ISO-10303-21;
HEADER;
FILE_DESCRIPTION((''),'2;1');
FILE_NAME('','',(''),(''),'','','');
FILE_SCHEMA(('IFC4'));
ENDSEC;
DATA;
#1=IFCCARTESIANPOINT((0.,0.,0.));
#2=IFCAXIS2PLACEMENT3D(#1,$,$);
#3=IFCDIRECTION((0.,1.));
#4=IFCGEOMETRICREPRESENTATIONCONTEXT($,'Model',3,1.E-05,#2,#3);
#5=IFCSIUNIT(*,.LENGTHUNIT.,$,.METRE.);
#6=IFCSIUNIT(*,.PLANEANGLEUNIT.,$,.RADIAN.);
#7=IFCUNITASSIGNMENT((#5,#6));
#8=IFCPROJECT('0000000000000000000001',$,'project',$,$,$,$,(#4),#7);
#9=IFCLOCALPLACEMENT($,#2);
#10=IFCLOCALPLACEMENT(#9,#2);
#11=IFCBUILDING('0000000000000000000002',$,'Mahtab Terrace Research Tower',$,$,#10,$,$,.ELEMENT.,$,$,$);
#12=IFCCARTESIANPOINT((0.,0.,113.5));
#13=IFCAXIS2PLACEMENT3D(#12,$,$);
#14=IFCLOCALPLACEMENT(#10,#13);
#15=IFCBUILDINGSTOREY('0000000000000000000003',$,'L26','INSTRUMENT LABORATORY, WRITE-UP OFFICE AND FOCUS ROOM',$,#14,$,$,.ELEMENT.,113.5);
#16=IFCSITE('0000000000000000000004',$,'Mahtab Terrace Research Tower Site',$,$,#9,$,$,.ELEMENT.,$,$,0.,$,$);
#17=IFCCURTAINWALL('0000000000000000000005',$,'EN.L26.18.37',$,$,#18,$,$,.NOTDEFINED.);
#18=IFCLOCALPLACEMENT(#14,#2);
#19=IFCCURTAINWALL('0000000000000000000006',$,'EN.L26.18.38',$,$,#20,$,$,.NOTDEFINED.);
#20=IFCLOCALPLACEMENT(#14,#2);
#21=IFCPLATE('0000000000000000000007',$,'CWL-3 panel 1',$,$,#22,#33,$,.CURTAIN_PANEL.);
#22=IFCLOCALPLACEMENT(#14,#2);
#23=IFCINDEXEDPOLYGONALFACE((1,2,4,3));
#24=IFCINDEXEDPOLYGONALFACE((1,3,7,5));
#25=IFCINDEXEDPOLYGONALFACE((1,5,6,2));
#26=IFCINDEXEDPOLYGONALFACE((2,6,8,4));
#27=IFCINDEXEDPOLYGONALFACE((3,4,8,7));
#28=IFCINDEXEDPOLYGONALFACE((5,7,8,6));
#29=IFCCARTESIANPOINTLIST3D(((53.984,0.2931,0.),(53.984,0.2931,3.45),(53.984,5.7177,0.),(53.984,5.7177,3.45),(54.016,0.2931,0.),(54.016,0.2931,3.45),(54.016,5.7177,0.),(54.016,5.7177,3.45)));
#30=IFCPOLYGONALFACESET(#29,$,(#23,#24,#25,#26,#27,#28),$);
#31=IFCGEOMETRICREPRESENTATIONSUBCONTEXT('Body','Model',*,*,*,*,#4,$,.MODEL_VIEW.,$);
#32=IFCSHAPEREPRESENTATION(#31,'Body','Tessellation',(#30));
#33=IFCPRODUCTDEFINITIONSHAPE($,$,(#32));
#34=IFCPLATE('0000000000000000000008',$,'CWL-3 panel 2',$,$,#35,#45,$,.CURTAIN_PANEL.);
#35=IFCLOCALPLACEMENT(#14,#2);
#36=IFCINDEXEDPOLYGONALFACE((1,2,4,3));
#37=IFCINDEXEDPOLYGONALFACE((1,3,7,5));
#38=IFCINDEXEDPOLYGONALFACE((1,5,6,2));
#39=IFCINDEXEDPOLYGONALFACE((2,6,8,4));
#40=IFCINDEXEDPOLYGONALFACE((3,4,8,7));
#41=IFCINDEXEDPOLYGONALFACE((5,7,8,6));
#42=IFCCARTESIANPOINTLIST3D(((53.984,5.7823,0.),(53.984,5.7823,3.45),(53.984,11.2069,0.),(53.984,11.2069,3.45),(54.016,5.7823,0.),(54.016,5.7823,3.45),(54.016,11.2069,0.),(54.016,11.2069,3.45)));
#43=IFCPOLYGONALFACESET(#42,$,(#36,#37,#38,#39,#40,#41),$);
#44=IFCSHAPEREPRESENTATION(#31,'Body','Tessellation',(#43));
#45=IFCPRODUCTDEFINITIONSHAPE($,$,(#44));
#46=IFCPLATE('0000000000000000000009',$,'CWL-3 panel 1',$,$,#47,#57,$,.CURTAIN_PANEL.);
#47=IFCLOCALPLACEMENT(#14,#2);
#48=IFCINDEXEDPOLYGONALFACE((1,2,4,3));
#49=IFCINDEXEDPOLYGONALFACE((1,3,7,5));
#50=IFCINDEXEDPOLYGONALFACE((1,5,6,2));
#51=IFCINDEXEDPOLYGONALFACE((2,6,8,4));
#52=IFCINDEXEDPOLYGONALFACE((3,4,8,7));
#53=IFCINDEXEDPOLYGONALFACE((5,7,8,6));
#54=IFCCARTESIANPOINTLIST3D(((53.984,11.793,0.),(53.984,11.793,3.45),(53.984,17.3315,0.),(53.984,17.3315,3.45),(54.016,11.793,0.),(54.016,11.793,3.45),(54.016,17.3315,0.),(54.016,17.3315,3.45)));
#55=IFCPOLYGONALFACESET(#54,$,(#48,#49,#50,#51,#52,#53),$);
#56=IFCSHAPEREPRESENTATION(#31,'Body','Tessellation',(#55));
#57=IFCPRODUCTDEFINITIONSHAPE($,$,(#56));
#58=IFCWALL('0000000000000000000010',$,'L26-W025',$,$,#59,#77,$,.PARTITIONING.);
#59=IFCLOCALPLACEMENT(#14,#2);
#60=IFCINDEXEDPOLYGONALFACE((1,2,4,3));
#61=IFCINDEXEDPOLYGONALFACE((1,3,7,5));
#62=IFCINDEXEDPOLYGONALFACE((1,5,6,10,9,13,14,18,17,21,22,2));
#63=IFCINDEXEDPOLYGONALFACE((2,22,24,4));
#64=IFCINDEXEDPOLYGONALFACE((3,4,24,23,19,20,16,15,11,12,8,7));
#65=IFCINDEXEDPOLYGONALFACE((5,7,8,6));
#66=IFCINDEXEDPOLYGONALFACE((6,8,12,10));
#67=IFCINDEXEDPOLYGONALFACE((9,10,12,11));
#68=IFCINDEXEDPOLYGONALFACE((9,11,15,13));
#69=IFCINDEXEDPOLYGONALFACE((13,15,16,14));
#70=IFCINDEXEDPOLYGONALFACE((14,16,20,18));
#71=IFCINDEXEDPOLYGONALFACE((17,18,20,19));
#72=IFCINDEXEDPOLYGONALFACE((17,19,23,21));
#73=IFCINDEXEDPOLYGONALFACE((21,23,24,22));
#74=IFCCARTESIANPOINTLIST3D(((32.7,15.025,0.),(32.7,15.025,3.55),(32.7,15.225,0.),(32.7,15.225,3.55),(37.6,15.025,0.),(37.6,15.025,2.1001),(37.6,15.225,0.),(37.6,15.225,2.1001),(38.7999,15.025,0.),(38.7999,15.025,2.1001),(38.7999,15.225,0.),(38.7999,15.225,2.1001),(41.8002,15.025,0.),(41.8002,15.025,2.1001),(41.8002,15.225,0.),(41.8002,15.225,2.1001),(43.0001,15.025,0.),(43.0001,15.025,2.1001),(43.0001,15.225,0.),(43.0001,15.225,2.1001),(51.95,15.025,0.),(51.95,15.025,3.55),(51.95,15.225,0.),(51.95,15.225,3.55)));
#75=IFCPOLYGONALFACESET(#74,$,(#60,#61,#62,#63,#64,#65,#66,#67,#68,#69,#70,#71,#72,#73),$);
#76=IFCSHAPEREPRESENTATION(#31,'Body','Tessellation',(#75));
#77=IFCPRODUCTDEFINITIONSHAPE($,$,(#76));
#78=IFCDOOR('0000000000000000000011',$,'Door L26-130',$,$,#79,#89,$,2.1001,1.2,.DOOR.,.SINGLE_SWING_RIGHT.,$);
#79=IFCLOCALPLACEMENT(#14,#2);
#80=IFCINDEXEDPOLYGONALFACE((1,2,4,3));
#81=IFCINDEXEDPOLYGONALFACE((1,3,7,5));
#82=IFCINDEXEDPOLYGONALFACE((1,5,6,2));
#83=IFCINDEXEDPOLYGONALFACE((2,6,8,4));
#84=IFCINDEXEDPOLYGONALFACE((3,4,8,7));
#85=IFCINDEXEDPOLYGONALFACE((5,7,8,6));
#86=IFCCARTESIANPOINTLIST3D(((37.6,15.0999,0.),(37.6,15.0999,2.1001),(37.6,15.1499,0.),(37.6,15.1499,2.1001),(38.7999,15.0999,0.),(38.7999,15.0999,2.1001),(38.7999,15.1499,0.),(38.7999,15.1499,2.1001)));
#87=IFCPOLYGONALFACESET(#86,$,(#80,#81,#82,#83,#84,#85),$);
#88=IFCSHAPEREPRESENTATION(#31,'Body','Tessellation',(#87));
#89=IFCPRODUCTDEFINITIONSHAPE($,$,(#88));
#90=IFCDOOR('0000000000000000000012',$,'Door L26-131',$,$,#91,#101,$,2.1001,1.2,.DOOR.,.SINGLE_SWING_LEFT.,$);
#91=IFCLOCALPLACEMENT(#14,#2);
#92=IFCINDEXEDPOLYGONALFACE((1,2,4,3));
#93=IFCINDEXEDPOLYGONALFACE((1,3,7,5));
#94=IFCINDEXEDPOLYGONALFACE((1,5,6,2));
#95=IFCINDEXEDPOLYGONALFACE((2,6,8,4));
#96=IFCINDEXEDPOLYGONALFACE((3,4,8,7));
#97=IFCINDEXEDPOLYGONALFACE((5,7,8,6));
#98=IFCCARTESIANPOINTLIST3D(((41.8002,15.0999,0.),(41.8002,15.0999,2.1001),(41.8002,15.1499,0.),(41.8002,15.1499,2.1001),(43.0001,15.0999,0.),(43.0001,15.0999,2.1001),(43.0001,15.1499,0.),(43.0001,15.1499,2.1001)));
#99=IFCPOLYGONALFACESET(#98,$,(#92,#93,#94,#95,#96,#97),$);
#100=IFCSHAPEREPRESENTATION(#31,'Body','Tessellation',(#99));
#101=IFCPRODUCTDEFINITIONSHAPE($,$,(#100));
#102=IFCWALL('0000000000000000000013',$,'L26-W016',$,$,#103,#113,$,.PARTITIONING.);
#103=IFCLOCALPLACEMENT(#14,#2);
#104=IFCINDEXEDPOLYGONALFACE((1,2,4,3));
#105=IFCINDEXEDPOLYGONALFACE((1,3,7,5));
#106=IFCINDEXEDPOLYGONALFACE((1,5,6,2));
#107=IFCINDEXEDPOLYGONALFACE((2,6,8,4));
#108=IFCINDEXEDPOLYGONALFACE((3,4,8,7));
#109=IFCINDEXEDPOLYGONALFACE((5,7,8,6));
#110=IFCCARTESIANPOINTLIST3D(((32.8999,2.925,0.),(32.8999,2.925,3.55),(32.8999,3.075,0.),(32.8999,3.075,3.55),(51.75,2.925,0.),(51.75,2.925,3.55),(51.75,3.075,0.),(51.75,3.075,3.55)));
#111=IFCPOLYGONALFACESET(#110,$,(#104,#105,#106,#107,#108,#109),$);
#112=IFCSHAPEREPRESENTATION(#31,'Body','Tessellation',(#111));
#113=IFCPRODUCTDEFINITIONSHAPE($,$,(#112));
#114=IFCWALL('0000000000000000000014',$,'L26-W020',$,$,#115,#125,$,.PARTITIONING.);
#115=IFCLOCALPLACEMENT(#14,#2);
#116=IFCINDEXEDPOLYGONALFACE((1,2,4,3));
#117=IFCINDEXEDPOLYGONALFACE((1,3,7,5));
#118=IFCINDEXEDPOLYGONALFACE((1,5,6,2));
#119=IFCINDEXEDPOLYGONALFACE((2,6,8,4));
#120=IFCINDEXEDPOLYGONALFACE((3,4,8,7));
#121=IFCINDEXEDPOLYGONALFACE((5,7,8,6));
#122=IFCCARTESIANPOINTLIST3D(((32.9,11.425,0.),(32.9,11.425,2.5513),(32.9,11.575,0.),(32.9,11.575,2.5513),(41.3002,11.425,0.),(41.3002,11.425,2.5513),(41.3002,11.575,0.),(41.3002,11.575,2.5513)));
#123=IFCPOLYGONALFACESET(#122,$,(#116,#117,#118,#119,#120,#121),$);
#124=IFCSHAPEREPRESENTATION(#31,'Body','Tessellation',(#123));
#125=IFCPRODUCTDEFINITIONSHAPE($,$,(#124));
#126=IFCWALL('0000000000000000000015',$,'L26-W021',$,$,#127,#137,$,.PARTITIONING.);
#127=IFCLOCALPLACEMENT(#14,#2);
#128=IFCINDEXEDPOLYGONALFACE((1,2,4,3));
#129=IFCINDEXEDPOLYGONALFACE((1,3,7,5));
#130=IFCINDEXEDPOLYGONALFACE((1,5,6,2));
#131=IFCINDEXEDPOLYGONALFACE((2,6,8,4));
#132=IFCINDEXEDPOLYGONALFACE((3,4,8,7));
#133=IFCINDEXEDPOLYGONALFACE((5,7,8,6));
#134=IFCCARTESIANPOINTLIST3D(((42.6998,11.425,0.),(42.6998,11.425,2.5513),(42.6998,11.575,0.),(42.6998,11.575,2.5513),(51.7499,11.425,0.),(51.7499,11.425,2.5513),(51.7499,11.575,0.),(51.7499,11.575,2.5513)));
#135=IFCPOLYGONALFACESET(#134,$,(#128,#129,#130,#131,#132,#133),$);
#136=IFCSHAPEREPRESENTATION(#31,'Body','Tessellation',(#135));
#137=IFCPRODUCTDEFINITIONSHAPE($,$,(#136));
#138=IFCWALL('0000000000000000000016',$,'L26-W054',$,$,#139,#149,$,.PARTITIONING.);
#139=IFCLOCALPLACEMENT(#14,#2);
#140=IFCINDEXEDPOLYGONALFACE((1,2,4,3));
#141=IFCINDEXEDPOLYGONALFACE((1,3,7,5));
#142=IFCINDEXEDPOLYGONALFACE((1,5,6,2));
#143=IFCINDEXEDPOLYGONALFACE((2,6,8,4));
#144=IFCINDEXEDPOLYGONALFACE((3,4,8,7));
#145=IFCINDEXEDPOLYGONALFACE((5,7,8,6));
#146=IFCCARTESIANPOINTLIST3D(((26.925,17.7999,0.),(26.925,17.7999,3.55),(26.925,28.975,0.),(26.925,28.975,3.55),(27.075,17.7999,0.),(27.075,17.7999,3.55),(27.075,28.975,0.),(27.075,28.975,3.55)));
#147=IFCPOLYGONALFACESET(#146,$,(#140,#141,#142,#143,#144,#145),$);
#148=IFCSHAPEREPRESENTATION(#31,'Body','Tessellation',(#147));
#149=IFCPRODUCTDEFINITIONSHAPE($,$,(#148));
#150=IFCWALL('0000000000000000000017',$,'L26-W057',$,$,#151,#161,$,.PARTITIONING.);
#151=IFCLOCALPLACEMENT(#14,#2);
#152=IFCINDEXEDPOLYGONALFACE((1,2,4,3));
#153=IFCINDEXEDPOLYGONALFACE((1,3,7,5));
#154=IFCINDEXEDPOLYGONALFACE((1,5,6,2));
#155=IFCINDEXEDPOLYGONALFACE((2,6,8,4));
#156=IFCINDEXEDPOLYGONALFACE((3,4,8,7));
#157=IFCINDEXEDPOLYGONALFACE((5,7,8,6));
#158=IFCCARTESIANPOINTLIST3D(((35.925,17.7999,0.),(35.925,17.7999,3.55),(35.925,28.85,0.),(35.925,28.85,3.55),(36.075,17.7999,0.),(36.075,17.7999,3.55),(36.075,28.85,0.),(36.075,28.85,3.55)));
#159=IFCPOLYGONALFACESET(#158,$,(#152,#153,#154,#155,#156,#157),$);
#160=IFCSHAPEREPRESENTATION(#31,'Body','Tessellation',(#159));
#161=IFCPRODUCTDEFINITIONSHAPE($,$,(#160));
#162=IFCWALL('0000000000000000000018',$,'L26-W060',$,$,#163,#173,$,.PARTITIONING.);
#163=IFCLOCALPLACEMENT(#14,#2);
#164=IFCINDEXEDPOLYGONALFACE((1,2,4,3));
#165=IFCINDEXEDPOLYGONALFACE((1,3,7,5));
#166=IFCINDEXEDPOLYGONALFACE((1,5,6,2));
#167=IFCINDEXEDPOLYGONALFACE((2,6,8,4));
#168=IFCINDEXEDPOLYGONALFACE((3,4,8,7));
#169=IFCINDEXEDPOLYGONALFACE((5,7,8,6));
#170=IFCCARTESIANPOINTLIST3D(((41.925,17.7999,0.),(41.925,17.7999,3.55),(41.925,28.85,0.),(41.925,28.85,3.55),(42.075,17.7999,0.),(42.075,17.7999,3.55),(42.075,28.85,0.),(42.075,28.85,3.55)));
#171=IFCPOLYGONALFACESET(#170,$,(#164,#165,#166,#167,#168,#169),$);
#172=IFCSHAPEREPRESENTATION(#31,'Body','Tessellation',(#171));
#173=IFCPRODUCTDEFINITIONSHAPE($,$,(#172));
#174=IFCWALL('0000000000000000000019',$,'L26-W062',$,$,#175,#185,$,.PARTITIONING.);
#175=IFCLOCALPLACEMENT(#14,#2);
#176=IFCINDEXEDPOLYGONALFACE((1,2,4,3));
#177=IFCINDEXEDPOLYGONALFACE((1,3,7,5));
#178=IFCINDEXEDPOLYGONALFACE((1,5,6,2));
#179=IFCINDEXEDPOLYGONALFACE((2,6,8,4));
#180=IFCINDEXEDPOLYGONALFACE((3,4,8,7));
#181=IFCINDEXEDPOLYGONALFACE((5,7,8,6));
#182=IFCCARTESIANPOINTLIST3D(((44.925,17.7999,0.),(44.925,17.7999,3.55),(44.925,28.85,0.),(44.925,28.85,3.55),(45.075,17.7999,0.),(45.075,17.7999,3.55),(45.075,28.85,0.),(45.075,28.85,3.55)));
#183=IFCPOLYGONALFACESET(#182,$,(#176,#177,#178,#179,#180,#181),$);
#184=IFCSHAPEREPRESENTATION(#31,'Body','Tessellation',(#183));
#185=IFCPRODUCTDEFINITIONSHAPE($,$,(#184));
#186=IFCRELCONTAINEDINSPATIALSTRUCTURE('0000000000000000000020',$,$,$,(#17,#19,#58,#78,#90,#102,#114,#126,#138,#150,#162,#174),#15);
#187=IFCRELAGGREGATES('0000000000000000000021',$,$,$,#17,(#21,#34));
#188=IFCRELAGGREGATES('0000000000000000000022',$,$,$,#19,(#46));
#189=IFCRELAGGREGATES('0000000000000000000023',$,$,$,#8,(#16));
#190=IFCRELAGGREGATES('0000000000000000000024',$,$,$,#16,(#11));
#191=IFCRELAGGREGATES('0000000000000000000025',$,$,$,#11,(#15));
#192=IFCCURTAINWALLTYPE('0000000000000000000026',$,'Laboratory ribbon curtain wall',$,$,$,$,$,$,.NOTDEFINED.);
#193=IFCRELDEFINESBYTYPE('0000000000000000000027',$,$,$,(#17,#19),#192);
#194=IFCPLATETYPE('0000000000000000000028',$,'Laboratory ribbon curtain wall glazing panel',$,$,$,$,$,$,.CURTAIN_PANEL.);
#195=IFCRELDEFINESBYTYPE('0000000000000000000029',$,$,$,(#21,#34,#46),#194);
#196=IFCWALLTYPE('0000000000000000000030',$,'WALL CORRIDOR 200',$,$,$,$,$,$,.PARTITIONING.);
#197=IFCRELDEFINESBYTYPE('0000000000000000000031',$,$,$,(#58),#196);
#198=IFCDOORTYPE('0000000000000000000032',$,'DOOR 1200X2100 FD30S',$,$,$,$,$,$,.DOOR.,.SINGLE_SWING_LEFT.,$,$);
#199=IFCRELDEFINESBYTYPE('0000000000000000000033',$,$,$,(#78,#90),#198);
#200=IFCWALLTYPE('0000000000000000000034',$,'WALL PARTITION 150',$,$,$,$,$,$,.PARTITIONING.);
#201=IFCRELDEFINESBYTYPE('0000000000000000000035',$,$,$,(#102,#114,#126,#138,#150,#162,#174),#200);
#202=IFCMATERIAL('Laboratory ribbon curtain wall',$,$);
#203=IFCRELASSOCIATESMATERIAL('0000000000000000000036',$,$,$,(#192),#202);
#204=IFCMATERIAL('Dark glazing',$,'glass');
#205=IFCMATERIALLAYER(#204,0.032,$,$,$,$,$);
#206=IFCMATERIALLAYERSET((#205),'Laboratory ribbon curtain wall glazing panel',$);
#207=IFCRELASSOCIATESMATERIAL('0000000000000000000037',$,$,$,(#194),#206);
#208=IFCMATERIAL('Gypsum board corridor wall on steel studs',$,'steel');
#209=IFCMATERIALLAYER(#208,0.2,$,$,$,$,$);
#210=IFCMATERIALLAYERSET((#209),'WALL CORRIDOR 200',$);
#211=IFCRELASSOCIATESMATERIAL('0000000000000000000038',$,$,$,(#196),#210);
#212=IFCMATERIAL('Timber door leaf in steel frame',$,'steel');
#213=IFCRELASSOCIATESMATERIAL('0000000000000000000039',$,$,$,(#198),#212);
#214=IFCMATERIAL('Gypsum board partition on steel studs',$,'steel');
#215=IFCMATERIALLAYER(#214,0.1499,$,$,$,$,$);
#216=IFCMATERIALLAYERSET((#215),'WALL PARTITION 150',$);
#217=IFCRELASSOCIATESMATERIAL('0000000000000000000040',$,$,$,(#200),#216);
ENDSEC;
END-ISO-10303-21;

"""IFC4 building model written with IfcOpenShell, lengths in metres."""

from ifc_helpers import new_model, si_unit, direction, frame, frame_2d, origin, origin_2d, place, context, subcontext, project, spatial, rectangle, extrude, material, layer, layer_set, type_object, element, fill, aggregate, save


model = new_model("IFC4")

# Units and contexts
model_context = context("Model", 3, precision=1e-05, world=origin(), true_north=direction((0.0, 1.0)))
body_context = subcontext(model_context, "Body", "Model", "MODEL_VIEW")
ifc_project = project(units=[si_unit("LENGTHUNIT", "METRE"), si_unit("PLANEANGLEUNIT", "RADIAN")], contexts=[model_context])

# Site, building, storey
site_placement = place(None, origin())
site = spatial("IfcSite", under=ifc_project, at=site_placement, Name="Mahtab Terrace Research Tower Site", CompositionType="ELEMENT", RefElevation=0.0)
building_placement = place(site_placement, origin())
building = spatial("IfcBuilding", under=site, at=building_placement, Name="Mahtab Terrace Research Tower", CompositionType="ELEMENT")
storey_placement = place(building_placement, frame((0.0, 0.0, 113.5)))
storey = spatial("IfcBuildingStorey", under=building, at=storey_placement, Name="L26", Description="INSTRUMENT LABORATORY, WRITE-UP OFFICE AND FOCUS ROOM", CompositionType="ELEMENT", Elevation=113.5)

# Curtain walls
ifc_material_1 = material(Name="Laboratory ribbon curtain wall")
curtain_wall_type = type_object("IfcCurtainWallType", Name="Laboratory ribbon curtain wall", PredefinedType="NOTDEFINED", material=ifc_material_1)
curtain_wall_1_placement = place(storey_placement, origin())
curtain_wall_1 = element("IfcCurtainWall", 1, at=curtain_wall_1_placement, inside=storey, type_object=curtain_wall_type, Name="EN.L26.18.37", PredefinedType="NOTDEFINED")
curtain_wall_2_placement = place(storey_placement, origin())
curtain_wall_2 = element("IfcCurtainWall", 2, at=curtain_wall_2_placement, inside=storey, type_object=curtain_wall_type, Name="EN.L26.18.38", PredefinedType="NOTDEFINED")

# Plates
ifc_material_2 = material(Name="Dark glazing", Category="glass")
ifc_layer_1 = layer(ifc_material_2, 0.032)
ifc_layer_set_1 = layer_set([ifc_layer_1], Name="Laboratory ribbon curtain wall glazing panel")
plate_type = type_object("IfcPlateType", Name="Laboratory ribbon curtain wall glazing panel", PredefinedType="CURTAIN_PANEL", material=ifc_layer_set_1)
plate_1_placement = place(storey_placement, frame((54.0, 3.0054, 0.0), z_axis=(0.0, 0.0, 1.0), x_axis=(0.0, 1.0, 0.0)))
plate_1 = element("IfcPlate", 3, at=plate_1_placement, type_object=plate_type, Name="CWL-3 panel 1", PredefinedType="CURTAIN_PANEL", context=body_context, shape_type="SweptSolid", body=[
    extrude(rectangle(XDim=5.4246, YDim=0.032, at=origin_2d()), origin(), (0.0, 0.0, 1.0), 3.45),
])
plate_2_placement = place(storey_placement, frame((54.0, 8.4946, 0.0), z_axis=(0.0, 0.0, 1.0), x_axis=(0.0, 1.0, 0.0)))
plate_2 = element("IfcPlate", 4, at=plate_2_placement, type_object=plate_type, Name="CWL-3 panel 2", PredefinedType="CURTAIN_PANEL", context=body_context, shape_type="SweptSolid", body=[
    extrude(rectangle(XDim=5.4246, YDim=0.032, at=origin_2d()), origin(), (0.0, 0.0, 1.0), 3.45),
])
aggregate(curtain_wall_1, [plate_1, plate_2])
plate_3_placement = place(storey_placement, frame((54.0, 14.5623, 0.0), z_axis=(0.0, 0.0, 1.0), x_axis=(0.0, 1.0, 0.0)))
plate_3 = element("IfcPlate", 5, at=plate_3_placement, type_object=plate_type, Name="CWL-3 panel 1", PredefinedType="CURTAIN_PANEL", context=body_context, shape_type="SweptSolid", body=[
    extrude(rectangle(XDim=5.5386, YDim=0.032, at=origin_2d()), origin(), (0.0, 0.0, 1.0), 3.45),
])
aggregate(curtain_wall_2, [plate_3])

# Wall, openings, doors
ifc_material_3 = material(Name="Gypsum board corridor wall on steel studs", Category="steel")
ifc_layer_2 = layer(ifc_material_3, 0.2)
ifc_layer_set_2 = layer_set([ifc_layer_2], Name="WALL CORRIDOR 200")
wall_type_1 = type_object("IfcWallType", Name="WALL CORRIDOR 200", PredefinedType="PARTITIONING", material=ifc_layer_set_2)
wall_1_placement = place(storey_placement, frame((32.7, 15.125, 0.0), z_axis=(0.0, 0.0, 1.0), x_axis=(1.0, 0.0, 0.0)))
wall_1 = element("IfcWall", 6, at=wall_1_placement, inside=storey, type_object=wall_type_1, Name="L26-W025", PredefinedType="PARTITIONING", context=body_context, shape_type="SweptSolid", body=[
    extrude(rectangle(XDim=19.25, YDim=0.2, at=frame_2d((9.625, 0.0))), origin(), (0.0, 0.0, 1.0), 3.55),
])
opening_1_placement = place(wall_1_placement, frame((4.8999, 0.0, 0.0)))
opening_1 = element("IfcOpeningElement", 7, at=opening_1_placement, cuts=wall_1, PredefinedType="OPENING", context=body_context, shape_type="SweptSolid", body=[
    extrude(rectangle(XDim=1.2, YDim=2.1001, at=frame_2d((0.6001, 1.05))), frame((0.0, 0.1099, 0.0), z_axis=(0.0, -1.0, 0.0), x_axis=(1.0, 0.0, 0.0)), (0.0, 0.0, 1.0), 0.22),
])
opening_2_placement = place(wall_1_placement, frame((9.1001, 0.0, 0.0)))
opening_2 = element("IfcOpeningElement", 8, at=opening_2_placement, cuts=wall_1, PredefinedType="OPENING", context=body_context, shape_type="SweptSolid", body=[
    extrude(rectangle(XDim=1.2, YDim=2.1001, at=frame_2d((0.6001, 1.05))), frame((0.0, 0.1099, 0.0), z_axis=(0.0, -1.0, 0.0), x_axis=(1.0, 0.0, 0.0)), (0.0, 0.0, 1.0), 0.22),
])
ifc_material_4 = material(Name="Timber door leaf in steel frame", Category="steel")
door_type = type_object("IfcDoorType", Name="DOOR 1200X2100 FD30S", OperationType="SINGLE_SWING_LEFT", PredefinedType="DOOR", material=ifc_material_4)
door_1_placement = place(opening_1_placement, origin())
door_1 = element("IfcDoor", 9, at=door_1_placement, inside=storey, type_object=door_type, Name="Door L26-130", OperationType="SINGLE_SWING_RIGHT", OverallHeight=2.1001, OverallWidth=1.2, PredefinedType="DOOR", context=body_context, shape_type="SweptSolid", body=[
    extrude(rectangle(XDim=1.2, YDim=2.1001, at=frame_2d((0.6001, 1.05))), frame((0.0, 0.0249, 0.0), z_axis=(0.0, -1.0, 0.0), x_axis=(1.0, 0.0, 0.0)), (0.0, 0.0, 1.0), 0.05),
])
fill(opening_1, door_1)
door_2_placement = place(opening_2_placement, origin())
door_2 = element("IfcDoor", 10, at=door_2_placement, inside=storey, type_object=door_type, Name="Door L26-131", OperationType="SINGLE_SWING_LEFT", OverallHeight=2.1001, OverallWidth=1.2, PredefinedType="DOOR", context=body_context, shape_type="SweptSolid", body=[
    extrude(rectangle(XDim=1.2, YDim=2.1001, at=frame_2d((0.6001, 1.05))), frame((0.0, 0.0249, 0.0), z_axis=(0.0, -1.0, 0.0), x_axis=(1.0, 0.0, 0.0)), (0.0, 0.0, 1.0), 0.05),
])
fill(opening_2, door_2)

# Walls
ifc_material_5 = material(Name="Gypsum board partition on steel studs", Category="steel")
ifc_layer_3 = layer(ifc_material_5, 0.1499)
ifc_layer_set_3 = layer_set([ifc_layer_3], Name="WALL PARTITION 150")
wall_type_2 = type_object("IfcWallType", Name="WALL PARTITION 150", PredefinedType="PARTITIONING", material=ifc_layer_set_3)
wall_2_placement = place(storey_placement, frame((32.8999, 3.0, 0.0), z_axis=(0.0, 0.0, 1.0), x_axis=(1.0, 0.0, 0.0)))
element("IfcWall", 11, at=wall_2_placement, inside=storey, type_object=wall_type_2, Name="L26-W016", PredefinedType="PARTITIONING", context=body_context, shape_type="SweptSolid", body=[
    extrude(rectangle(XDim=18.8501, YDim=0.1499, at=frame_2d((9.425, 0.0))), origin(), (0.0, 0.0, 1.0), 3.55),
])
wall_3_placement = place(storey_placement, frame((32.8999, 11.5, 0.0), z_axis=(0.0, 0.0, 1.0), x_axis=(1.0, 0.0, 0.0)))
element("IfcWall", 12, at=wall_3_placement, inside=storey, type_object=wall_type_2, Name="L26-W020", PredefinedType="PARTITIONING", context=body_context, shape_type="SweptSolid", body=[
    extrude(rectangle(XDim=8.4001, YDim=0.1499, at=frame_2d((4.2002, 0.0))), origin(), (0.0, 0.0, 1.0), 2.5513),
])
wall_4_placement = place(storey_placement, frame((42.7, 11.5, 0.0), z_axis=(0.0, 0.0, 1.0), x_axis=(1.0, 0.0, 0.0)))
element("IfcWall", 13, at=wall_4_placement, inside=storey, type_object=wall_type_2, Name="L26-W021", PredefinedType="PARTITIONING", context=body_context, shape_type="SweptSolid", body=[
    extrude(rectangle(XDim=9.05, YDim=0.1499, at=frame_2d((4.5249, 0.0))), origin(), (0.0, 0.0, 1.0), 2.5513),
])
wall_5_placement = place(storey_placement, frame((27.0, 17.8, 0.0), z_axis=(0.0, 0.0, 1.0), x_axis=(0.0, 1.0, 0.0)))
element("IfcWall", 14, at=wall_5_placement, inside=storey, type_object=wall_type_2, Name="L26-W054", PredefinedType="PARTITIONING", context=body_context, shape_type="SweptSolid", body=[
    extrude(rectangle(XDim=11.175, YDim=0.1499, at=frame_2d((5.5874, 0.0))), origin(), (0.0, 0.0, 1.0), 3.55),
])
for number, where, z_axis, x_axis, name in (
    (15, (36.0, 17.8, 0.0), (0.0, 0.0, 1.0), (0.0, 1.0, 0.0), "L26-W057"),
    (16, (42.0, 17.8, 0.0), (0.0, 0.0, 1.0), (0.0, 1.0, 0.0), "L26-W060"),
    (17, (45.0, 17.8, 0.0), (0.0, 0.0, 1.0), (0.0, 1.0, 0.0), "L26-W062"),
):
    element("IfcWall", number, at=place(storey_placement, frame(where, z_axis=z_axis, x_axis=x_axis)), inside=storey, type_object=wall_type_2, Name=name, PredefinedType="PARTITIONING", context=body_context, shape_type="SweptSolid", body=[
        extrude(rectangle(XDim=11.05, YDim=0.1499, at=frame_2d((5.5249, 0.0))), origin(), (0.0, 0.0, 1.0), 3.55),
    ])

save(model, "model.ifc")
